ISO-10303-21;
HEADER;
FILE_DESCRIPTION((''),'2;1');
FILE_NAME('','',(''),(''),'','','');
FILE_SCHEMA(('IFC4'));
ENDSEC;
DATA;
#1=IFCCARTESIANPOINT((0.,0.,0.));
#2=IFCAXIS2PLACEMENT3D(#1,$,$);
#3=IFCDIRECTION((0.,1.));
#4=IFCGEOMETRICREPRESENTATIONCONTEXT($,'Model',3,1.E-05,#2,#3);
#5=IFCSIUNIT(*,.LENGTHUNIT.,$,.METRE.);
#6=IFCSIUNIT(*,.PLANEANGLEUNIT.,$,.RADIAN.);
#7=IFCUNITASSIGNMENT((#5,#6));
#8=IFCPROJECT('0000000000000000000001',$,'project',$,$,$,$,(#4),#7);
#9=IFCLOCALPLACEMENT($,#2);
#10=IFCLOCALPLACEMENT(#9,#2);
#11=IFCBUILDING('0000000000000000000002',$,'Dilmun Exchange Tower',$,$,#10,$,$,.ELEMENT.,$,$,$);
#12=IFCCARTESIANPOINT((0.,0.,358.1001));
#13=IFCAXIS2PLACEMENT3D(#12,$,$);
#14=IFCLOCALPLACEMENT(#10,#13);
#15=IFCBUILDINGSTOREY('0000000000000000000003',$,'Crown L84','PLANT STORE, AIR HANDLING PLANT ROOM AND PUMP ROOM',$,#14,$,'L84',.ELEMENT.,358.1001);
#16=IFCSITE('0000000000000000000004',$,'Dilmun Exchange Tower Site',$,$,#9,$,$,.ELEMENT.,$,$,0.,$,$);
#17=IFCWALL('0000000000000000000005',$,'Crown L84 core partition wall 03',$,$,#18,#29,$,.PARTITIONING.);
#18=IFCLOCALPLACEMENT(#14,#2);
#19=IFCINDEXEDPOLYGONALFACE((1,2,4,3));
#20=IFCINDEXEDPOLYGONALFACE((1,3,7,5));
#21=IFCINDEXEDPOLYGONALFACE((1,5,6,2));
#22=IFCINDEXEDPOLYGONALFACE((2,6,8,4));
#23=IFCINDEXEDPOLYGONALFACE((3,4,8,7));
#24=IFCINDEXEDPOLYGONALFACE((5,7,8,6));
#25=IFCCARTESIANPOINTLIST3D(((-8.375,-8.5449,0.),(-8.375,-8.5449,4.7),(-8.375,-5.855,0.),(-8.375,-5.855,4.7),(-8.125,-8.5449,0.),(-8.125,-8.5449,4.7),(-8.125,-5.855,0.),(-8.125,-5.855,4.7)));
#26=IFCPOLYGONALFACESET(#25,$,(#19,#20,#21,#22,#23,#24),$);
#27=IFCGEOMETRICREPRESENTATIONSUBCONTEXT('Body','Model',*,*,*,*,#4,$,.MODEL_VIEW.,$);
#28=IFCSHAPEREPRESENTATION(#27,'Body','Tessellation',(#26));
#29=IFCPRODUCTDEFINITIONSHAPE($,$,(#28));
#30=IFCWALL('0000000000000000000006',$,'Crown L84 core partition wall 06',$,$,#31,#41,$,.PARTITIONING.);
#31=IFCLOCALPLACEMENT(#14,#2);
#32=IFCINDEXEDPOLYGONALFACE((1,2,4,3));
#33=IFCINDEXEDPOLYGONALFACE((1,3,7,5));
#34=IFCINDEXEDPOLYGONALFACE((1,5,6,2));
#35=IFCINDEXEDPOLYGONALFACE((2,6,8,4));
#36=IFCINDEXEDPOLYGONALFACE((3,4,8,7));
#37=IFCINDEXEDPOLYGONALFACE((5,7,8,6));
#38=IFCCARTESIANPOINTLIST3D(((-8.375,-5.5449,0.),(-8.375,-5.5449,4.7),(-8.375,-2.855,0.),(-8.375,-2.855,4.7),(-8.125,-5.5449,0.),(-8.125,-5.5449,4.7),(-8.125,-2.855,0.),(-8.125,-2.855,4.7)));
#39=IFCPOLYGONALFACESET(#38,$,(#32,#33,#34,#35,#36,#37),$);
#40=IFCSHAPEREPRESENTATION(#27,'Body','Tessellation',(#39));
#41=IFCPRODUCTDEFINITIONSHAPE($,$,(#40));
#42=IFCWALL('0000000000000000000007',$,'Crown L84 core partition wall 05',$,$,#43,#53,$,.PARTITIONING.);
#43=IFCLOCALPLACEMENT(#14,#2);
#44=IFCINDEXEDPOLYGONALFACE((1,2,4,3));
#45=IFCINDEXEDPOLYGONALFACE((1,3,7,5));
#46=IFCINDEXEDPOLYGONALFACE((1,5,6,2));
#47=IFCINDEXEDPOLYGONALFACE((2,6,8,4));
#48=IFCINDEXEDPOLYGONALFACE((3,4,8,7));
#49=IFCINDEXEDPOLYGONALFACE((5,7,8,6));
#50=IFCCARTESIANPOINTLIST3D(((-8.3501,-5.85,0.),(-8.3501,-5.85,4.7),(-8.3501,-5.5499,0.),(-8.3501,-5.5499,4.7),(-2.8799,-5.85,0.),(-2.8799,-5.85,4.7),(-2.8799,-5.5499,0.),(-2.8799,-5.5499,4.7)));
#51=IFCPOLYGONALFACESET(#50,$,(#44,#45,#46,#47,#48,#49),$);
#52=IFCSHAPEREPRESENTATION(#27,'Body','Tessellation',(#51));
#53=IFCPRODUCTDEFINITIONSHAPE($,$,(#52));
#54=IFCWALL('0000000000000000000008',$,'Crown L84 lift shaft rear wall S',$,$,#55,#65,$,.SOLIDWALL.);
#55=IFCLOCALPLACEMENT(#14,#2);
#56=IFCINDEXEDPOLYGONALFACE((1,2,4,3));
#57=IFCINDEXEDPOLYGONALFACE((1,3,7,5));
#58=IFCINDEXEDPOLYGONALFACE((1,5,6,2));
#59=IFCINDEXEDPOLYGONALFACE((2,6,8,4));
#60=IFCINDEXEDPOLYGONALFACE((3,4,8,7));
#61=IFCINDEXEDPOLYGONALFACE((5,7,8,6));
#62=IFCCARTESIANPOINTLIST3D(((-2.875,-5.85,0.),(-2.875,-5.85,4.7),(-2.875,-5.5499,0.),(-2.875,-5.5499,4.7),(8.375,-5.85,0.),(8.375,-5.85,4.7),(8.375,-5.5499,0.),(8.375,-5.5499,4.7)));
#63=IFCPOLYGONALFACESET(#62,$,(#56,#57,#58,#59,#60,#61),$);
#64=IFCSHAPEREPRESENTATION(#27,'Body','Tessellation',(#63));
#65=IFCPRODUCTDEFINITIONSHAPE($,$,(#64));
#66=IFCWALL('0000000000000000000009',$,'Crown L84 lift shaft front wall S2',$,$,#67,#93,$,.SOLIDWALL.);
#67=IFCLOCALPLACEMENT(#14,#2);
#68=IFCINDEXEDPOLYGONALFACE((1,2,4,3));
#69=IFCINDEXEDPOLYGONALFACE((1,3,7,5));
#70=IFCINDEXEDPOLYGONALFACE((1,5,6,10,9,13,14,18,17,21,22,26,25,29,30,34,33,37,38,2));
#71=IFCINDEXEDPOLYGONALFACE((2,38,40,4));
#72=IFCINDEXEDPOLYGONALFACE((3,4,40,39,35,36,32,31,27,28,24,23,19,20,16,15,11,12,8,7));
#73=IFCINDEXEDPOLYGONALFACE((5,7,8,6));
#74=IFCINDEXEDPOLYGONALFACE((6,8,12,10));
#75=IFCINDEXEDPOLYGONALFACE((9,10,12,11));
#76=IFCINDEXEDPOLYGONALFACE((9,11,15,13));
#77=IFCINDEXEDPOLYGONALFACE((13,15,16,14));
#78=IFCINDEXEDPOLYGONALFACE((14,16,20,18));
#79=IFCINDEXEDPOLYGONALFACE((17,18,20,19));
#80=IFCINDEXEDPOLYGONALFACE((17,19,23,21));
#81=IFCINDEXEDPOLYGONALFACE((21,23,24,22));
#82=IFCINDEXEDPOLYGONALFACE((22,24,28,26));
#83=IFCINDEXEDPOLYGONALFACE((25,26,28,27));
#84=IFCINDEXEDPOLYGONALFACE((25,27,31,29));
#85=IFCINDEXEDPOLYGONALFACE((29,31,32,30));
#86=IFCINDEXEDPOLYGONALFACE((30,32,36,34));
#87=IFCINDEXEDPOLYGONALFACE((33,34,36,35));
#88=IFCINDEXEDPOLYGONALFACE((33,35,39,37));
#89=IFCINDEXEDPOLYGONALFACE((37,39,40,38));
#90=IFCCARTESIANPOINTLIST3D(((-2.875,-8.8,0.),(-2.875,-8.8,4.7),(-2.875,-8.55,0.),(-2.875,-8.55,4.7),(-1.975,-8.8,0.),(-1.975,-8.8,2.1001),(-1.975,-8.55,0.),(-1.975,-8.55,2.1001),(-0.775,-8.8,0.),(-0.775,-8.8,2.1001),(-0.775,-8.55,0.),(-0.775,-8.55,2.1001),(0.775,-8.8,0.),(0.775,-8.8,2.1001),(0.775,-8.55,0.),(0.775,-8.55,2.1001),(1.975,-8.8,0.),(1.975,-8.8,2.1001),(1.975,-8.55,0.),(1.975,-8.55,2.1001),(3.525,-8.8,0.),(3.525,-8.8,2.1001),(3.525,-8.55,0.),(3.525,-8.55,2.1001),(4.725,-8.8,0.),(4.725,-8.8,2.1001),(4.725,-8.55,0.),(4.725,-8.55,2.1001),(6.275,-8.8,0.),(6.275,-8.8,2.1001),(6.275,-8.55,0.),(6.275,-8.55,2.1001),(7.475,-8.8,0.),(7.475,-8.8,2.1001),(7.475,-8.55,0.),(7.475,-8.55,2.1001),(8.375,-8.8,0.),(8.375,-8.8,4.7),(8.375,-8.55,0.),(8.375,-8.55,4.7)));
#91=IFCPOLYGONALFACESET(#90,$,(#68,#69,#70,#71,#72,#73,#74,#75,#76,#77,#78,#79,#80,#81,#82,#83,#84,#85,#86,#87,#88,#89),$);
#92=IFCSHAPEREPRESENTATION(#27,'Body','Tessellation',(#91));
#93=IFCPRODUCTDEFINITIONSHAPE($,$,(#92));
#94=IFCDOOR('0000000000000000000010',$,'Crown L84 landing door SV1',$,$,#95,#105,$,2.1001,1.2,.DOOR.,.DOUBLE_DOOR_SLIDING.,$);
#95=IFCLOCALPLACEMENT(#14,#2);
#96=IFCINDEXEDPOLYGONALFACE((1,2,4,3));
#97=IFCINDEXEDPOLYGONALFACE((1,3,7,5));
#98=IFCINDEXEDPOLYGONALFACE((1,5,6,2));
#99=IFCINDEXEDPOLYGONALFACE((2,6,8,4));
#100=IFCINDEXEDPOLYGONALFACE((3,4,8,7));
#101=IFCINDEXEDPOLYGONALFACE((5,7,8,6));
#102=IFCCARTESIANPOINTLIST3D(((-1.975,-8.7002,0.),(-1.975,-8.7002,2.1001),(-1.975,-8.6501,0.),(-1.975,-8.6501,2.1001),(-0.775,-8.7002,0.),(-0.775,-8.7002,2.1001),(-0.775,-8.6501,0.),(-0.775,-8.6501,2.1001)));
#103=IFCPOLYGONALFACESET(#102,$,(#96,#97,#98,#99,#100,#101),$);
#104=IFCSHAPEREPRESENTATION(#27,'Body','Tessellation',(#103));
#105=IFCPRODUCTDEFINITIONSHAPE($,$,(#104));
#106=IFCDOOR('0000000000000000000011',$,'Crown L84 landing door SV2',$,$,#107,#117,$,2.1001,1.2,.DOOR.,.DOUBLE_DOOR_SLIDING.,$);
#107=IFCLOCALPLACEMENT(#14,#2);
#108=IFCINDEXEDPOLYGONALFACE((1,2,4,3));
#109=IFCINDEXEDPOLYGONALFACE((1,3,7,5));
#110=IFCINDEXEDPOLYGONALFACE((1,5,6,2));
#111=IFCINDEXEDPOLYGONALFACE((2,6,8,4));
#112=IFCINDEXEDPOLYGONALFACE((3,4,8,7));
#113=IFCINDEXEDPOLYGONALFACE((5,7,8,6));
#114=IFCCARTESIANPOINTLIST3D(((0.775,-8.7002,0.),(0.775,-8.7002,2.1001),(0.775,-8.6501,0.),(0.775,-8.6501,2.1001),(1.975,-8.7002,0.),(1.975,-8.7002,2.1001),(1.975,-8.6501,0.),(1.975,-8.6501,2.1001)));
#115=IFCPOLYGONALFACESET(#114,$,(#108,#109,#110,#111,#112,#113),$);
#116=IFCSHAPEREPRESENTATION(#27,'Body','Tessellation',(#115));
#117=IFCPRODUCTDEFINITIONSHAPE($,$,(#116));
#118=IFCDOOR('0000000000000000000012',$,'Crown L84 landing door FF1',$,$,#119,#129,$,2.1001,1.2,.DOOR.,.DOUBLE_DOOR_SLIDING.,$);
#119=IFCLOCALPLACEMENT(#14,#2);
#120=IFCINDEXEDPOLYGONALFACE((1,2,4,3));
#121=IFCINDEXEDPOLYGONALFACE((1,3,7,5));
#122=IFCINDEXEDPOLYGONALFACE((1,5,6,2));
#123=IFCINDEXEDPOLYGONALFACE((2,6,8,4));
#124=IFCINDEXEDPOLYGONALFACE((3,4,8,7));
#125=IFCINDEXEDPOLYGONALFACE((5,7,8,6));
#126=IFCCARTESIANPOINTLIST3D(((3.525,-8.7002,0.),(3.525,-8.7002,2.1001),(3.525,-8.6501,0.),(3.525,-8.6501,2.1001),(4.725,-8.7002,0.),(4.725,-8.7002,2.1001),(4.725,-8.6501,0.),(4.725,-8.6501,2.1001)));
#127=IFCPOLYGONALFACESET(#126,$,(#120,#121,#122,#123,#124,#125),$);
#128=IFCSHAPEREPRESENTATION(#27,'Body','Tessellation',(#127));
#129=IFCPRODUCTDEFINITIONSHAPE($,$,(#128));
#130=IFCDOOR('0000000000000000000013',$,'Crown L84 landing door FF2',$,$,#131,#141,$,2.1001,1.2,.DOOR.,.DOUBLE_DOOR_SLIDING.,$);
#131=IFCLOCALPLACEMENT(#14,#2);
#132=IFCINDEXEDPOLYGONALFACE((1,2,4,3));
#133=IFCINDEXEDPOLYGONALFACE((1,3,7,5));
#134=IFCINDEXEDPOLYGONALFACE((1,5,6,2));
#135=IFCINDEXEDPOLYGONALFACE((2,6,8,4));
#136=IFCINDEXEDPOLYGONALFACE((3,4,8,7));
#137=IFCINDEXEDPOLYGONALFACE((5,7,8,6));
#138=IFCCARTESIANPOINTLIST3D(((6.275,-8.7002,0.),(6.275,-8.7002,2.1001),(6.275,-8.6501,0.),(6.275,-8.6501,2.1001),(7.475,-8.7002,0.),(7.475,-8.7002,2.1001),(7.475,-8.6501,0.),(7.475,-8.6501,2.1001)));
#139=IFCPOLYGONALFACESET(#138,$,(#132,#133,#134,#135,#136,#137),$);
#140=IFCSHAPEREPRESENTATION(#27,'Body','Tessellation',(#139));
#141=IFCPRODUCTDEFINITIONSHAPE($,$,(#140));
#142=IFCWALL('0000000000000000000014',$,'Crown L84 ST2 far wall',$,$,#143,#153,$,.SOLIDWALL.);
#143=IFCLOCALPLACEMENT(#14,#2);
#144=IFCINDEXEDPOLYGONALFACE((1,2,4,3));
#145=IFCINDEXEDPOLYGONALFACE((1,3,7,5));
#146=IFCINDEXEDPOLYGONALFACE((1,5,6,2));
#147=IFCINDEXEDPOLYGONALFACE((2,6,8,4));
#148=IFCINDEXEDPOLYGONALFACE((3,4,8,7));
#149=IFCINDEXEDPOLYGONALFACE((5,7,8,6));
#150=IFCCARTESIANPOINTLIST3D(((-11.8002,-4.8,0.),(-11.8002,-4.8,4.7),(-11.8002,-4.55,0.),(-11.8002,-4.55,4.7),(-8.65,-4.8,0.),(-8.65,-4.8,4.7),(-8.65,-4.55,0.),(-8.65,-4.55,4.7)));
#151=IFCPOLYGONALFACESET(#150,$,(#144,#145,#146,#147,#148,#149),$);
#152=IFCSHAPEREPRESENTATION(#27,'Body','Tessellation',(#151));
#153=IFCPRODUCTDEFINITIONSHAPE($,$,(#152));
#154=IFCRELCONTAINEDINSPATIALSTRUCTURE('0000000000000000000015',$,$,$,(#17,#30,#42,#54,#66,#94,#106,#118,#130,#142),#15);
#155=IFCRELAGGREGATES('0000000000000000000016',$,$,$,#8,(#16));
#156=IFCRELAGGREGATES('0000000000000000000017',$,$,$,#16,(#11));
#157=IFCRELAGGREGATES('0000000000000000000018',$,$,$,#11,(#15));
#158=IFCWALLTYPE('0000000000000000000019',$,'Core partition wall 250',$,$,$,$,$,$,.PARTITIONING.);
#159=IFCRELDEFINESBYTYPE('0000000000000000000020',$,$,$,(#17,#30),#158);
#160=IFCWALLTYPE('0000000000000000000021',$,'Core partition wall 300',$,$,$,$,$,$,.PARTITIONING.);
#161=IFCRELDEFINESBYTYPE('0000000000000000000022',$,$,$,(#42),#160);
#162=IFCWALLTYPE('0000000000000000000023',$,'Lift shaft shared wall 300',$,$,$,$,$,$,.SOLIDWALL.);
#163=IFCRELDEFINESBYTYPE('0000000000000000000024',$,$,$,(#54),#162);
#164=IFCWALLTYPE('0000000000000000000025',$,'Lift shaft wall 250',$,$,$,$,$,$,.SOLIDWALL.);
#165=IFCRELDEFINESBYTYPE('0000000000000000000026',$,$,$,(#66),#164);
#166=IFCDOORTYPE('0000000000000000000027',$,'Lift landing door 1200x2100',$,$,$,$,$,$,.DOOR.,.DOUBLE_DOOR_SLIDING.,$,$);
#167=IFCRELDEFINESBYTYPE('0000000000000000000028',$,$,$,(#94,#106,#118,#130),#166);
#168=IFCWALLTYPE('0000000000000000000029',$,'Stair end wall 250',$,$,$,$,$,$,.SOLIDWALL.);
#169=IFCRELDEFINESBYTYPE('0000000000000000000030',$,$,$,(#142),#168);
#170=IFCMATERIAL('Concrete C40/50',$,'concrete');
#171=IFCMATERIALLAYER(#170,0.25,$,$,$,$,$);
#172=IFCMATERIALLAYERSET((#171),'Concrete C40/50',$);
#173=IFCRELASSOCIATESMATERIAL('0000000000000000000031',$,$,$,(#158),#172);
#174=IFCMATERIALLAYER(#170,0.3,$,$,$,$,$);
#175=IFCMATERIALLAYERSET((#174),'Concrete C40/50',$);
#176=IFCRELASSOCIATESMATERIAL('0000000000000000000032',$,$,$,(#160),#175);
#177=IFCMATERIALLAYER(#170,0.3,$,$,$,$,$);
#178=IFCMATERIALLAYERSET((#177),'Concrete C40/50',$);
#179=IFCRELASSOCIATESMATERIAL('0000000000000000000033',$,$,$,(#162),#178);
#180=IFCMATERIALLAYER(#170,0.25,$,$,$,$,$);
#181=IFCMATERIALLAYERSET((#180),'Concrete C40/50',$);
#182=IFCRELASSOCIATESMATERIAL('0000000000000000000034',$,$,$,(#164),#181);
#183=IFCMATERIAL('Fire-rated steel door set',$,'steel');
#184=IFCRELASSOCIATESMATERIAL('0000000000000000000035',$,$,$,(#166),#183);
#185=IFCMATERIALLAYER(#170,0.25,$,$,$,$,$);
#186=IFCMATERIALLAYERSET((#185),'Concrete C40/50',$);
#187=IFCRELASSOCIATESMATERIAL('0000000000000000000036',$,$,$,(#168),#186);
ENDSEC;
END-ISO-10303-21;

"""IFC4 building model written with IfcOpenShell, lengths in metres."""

from ifc_helpers import new_model, si_unit, direction, frame, frame_2d, origin, place, context, subcontext, project, spatial, rectangle, extrude, material, layer, layer_set, type_object, element, fill, save


model = new_model("IFC4")

# Units and contexts
model_context = context("Model", 3, precision=1e-05, world=origin(), true_north=direction((0.0, 1.0)))
body_context = subcontext(model_context, "Body", "Model", "MODEL_VIEW")
ifc_project = project(units=[si_unit("LENGTHUNIT", "METRE"), si_unit("PLANEANGLEUNIT", "RADIAN")], contexts=[model_context])

# Site, building, storey
site_placement = place(None, origin())
site = spatial("IfcSite", under=ifc_project, at=site_placement, Name="Dilmun Exchange Tower Site", CompositionType="ELEMENT", RefElevation=0.0)
building_placement = place(site_placement, origin())
building = spatial("IfcBuilding", under=site, at=building_placement, Name="Dilmun Exchange Tower", CompositionType="ELEMENT")
storey_placement = place(building_placement, frame((0.0, 0.0, 358.1001)))
storey = spatial("IfcBuildingStorey", under=building, at=storey_placement, Name="Crown L84", Description="PLANT STORE, AIR HANDLING PLANT ROOM AND PUMP ROOM", LongName="L84", CompositionType="ELEMENT", Elevation=358.1001)

# Shared definitions
ifc_material_1 = material(Name="Concrete C40/50", Category="concrete")

# Shared definitions
ifc_layer_1 = layer(ifc_material_1, 0.25)
ifc_layer_set_1 = layer_set([ifc_layer_1], Name="Concrete C40/50")
wall_type_1 = type_object("IfcWallType", Name="Core partition wall 250", PredefinedType="PARTITIONING", material=ifc_layer_set_1)
ifc_material_2 = material(Name="Fire-rated steel door set", Category="steel")

# Walls
for number, where, z_axis, x_axis, name in (
    (1, (-8.25, -8.5449, 0.0), (0.0, 0.0, 1.0), (0.0, 1.0, 0.0), "Crown L84 core partition wall 03"),
    (2, (-8.25, -5.5449, 0.0), (0.0, 0.0, 1.0), (0.0, 1.0, 0.0), "Crown L84 core partition wall 06"),
):
    element("IfcWall", number, at=place(storey_placement, frame(where, z_axis=z_axis, x_axis=x_axis)), inside=storey, type_object=wall_type_1, Name=name, PredefinedType="PARTITIONING", context=body_context, shape_type="SweptSolid", body=[
        extrude(rectangle(XDim=2.6899, YDim=0.25, at=frame_2d((1.345, 0.0))), origin(), (0.0, 0.0, 1.0), 4.7),
    ])
ifc_layer_2 = layer(ifc_material_1, 0.3)
ifc_layer_set_2 = layer_set([ifc_layer_2], Name="Concrete C40/50")
wall_type_2 = type_object("IfcWallType", Name="Core partition wall 300", PredefinedType="PARTITIONING", material=ifc_layer_set_2)
wall_1_placement = place(storey_placement, frame((-8.3501, -5.7, 0.0), z_axis=(0.0, 0.0, 1.0), x_axis=(1.0, 0.0, 0.0)))
element("IfcWall", 3, at=wall_1_placement, inside=storey, type_object=wall_type_2, Name="Crown L84 core partition wall 05", PredefinedType="PARTITIONING", context=body_context, shape_type="SweptSolid", body=[
    extrude(rectangle(XDim=5.4702, YDim=0.3, at=frame_2d((2.7351, 0.0))), origin(), (0.0, 0.0, 1.0), 4.7),
])
ifc_layer_3 = layer(ifc_material_1, 0.3)
ifc_layer_set_3 = layer_set([ifc_layer_3], Name="Concrete C40/50")
wall_type_3 = type_object("IfcWallType", Name="Lift shaft shared wall 300", PredefinedType="SOLIDWALL", material=ifc_layer_set_3)
wall_2_placement = place(storey_placement, frame((-2.875, -5.7, 0.0), z_axis=(0.0, 0.0, 1.0), x_axis=(1.0, 0.0, 0.0)))
element("IfcWall", 4, at=wall_2_placement, inside=storey, type_object=wall_type_3, Name="Crown L84 lift shaft rear wall S", PredefinedType="SOLIDWALL", context=body_context, shape_type="SweptSolid", body=[
    extrude(rectangle(XDim=11.25, YDim=0.3, at=frame_2d((5.625, 0.0))), origin(), (0.0, 0.0, 1.0), 4.7),
])

# Wall, openings, doors
ifc_layer_4 = layer(ifc_material_1, 0.25)
ifc_layer_set_4 = layer_set([ifc_layer_4], Name="Concrete C40/50")
wall_type_4 = type_object("IfcWallType", Name="Lift shaft wall 250", PredefinedType="SOLIDWALL", material=ifc_layer_set_4)
wall_3_placement = place(storey_placement, frame((-2.875, -8.675, 0.0), z_axis=(0.0, 0.0, 1.0), x_axis=(1.0, 0.0, 0.0)))
wall_3 = element("IfcWall", 5, at=wall_3_placement, inside=storey, type_object=wall_type_4, Name="Crown L84 lift shaft front wall S2", PredefinedType="SOLIDWALL", context=body_context, shape_type="SweptSolid", body=[
    extrude(rectangle(XDim=11.25, YDim=0.25, at=frame_2d((5.625, 0.0))), origin(), (0.0, 0.0, 1.0), 4.7),
])
opening_1_placement = place(wall_3_placement, frame((0.8999, 0.0, 0.0)))
opening_1 = element("IfcOpeningElement", 6, at=opening_1_placement, cuts=wall_3, PredefinedType="OPENING", context=body_context, shape_type="SweptSolid", body=[
    extrude(rectangle(XDim=1.2, YDim=2.1001, at=frame_2d((0.6001, 1.05))), frame((0.0, 0.135, 0.0), z_axis=(0.0, -1.0, 0.0), x_axis=(1.0, 0.0, 0.0)), (0.0, 0.0, 1.0), 0.27),
])
opening_2_placement = place(wall_3_placement, frame((3.6499, 0.0, 0.0)))
opening_2 = element("IfcOpeningElement", 7, at=opening_2_placement, cuts=wall_3, PredefinedType="OPENING", context=body_context, shape_type="SweptSolid", body=[
    extrude(rectangle(XDim=1.2, YDim=2.1001, at=frame_2d((0.6001, 1.05))), frame((0.0, 0.135, 0.0), z_axis=(0.0, -1.0, 0.0), x_axis=(1.0, 0.0, 0.0)), (0.0, 0.0, 1.0), 0.27),
])
opening_3_placement = place(wall_3_placement, frame((6.3999, 0.0, 0.0)))
opening_3 = element("IfcOpeningElement", 8, at=opening_3_placement, cuts=wall_3, PredefinedType="OPENING", context=body_context, shape_type="SweptSolid", body=[
    extrude(rectangle(XDim=1.2, YDim=2.1001, at=frame_2d((0.6001, 1.05))), frame((0.0, 0.135, 0.0), z_axis=(0.0, -1.0, 0.0), x_axis=(1.0, 0.0, 0.0)), (0.0, 0.0, 1.0), 0.27),
])
opening_4_placement = place(wall_3_placement, frame((9.1499, 0.0, 0.0)))
opening_4 = element("IfcOpeningElement", 9, at=opening_4_placement, cuts=wall_3, PredefinedType="OPENING", context=body_context, shape_type="SweptSolid", body=[
    extrude(rectangle(XDim=1.2, YDim=2.1001, at=frame_2d((0.6001, 1.05))), frame((0.0, 0.135, 0.0), z_axis=(0.0, -1.0, 0.0), x_axis=(1.0, 0.0, 0.0)), (0.0, 0.0, 1.0), 0.27),
])
door_type_1 = type_object("IfcDoorType", Name="Lift landing door 1200x2100", OperationType="DOUBLE_DOOR_SLIDING", PredefinedType="DOOR", material=ifc_material_2)
door_1_placement = place(opening_1_placement, origin())
door_1 = element("IfcDoor", 10, at=door_1_placement, inside=storey, type_object=door_type_1, Name="Crown L84 landing door SV1", OperationType="DOUBLE_DOOR_SLIDING", OverallHeight=2.1001, OverallWidth=1.2, PredefinedType="DOOR", context=body_context, shape_type="SweptSolid", body=[
    extrude(rectangle(XDim=1.2, YDim=2.1001, at=frame_2d((0.6001, 1.05))), frame((0.0, 0.0249, 0.0), z_axis=(0.0, -1.0, 0.0), x_axis=(1.0, 0.0, 0.0)), (0.0, 0.0, 1.0), 0.05),
])
fill(opening_1, door_1)
door_2_placement = place(opening_2_placement, origin())
door_2 = element("IfcDoor", 11, at=door_2_placement, inside=storey, type_object=door_type_1, Name="Crown L84 landing door SV2", OperationType="DOUBLE_DOOR_SLIDING", OverallHeight=2.1001, OverallWidth=1.2, PredefinedType="DOOR", context=body_context, shape_type="SweptSolid", body=[
    extrude(rectangle(XDim=1.2, YDim=2.1001, at=frame_2d((0.6001, 1.05))), frame((0.0, 0.0249, 0.0), z_axis=(0.0, -1.0, 0.0), x_axis=(1.0, 0.0, 0.0)), (0.0, 0.0, 1.0), 0.05),
])
fill(opening_2, door_2)
door_3_placement = place(opening_3_placement, origin())
door_3 = element("IfcDoor", 12, at=door_3_placement, inside=storey, type_object=door_type_1, Name="Crown L84 landing door FF1", OperationType="DOUBLE_DOOR_SLIDING", OverallHeight=2.1001, OverallWidth=1.2, PredefinedType="DOOR", context=body_context, shape_type="SweptSolid", body=[
    extrude(rectangle(XDim=1.2, YDim=2.1001, at=frame_2d((0.6001, 1.05))), frame((0.0, 0.0249, 0.0), z_axis=(0.0, -1.0, 0.0), x_axis=(1.0, 0.0, 0.0)), (0.0, 0.0, 1.0), 0.05),
])
fill(opening_3, door_3)
door_4_placement = place(opening_4_placement, origin())
door_4 = element("IfcDoor", 13, at=door_4_placement, inside=storey, type_object=door_type_1, Name="Crown L84 landing door FF2", OperationType="DOUBLE_DOOR_SLIDING", OverallHeight=2.1001, OverallWidth=1.2, PredefinedType="DOOR", context=body_context, shape_type="SweptSolid", body=[
    extrude(rectangle(XDim=1.2, YDim=2.1001, at=frame_2d((0.6001, 1.05))), frame((0.0, 0.0249, 0.0), z_axis=(0.0, -1.0, 0.0), x_axis=(1.0, 0.0, 0.0)), (0.0, 0.0, 1.0), 0.05),
])
fill(opening_4, door_4)

# Wall
ifc_layer_5 = layer(ifc_material_1, 0.25)
ifc_layer_set_5 = layer_set([ifc_layer_5], Name="Concrete C40/50")
wall_type_5 = type_object("IfcWallType", Name="Stair end wall 250", PredefinedType="SOLIDWALL", material=ifc_layer_set_5)
wall_4_placement = place(storey_placement, frame((-8.6499, -4.675, 0.0), z_axis=(0.0, 0.0, 1.0), x_axis=(-1.0, 0.0, 0.0)))
element("IfcWall", 14, at=wall_4_placement, inside=storey, type_object=wall_type_5, Name="Crown L84 ST2 far wall", PredefinedType="SOLIDWALL", context=body_context, shape_type="SweptSolid", body=[
    extrude(rectangle(XDim=3.1501, YDim=0.25, at=frame_2d((1.5752, 0.0))), origin(), (0.0, 0.0, 1.0), 4.7),
])

save(model, "model.ifc")
